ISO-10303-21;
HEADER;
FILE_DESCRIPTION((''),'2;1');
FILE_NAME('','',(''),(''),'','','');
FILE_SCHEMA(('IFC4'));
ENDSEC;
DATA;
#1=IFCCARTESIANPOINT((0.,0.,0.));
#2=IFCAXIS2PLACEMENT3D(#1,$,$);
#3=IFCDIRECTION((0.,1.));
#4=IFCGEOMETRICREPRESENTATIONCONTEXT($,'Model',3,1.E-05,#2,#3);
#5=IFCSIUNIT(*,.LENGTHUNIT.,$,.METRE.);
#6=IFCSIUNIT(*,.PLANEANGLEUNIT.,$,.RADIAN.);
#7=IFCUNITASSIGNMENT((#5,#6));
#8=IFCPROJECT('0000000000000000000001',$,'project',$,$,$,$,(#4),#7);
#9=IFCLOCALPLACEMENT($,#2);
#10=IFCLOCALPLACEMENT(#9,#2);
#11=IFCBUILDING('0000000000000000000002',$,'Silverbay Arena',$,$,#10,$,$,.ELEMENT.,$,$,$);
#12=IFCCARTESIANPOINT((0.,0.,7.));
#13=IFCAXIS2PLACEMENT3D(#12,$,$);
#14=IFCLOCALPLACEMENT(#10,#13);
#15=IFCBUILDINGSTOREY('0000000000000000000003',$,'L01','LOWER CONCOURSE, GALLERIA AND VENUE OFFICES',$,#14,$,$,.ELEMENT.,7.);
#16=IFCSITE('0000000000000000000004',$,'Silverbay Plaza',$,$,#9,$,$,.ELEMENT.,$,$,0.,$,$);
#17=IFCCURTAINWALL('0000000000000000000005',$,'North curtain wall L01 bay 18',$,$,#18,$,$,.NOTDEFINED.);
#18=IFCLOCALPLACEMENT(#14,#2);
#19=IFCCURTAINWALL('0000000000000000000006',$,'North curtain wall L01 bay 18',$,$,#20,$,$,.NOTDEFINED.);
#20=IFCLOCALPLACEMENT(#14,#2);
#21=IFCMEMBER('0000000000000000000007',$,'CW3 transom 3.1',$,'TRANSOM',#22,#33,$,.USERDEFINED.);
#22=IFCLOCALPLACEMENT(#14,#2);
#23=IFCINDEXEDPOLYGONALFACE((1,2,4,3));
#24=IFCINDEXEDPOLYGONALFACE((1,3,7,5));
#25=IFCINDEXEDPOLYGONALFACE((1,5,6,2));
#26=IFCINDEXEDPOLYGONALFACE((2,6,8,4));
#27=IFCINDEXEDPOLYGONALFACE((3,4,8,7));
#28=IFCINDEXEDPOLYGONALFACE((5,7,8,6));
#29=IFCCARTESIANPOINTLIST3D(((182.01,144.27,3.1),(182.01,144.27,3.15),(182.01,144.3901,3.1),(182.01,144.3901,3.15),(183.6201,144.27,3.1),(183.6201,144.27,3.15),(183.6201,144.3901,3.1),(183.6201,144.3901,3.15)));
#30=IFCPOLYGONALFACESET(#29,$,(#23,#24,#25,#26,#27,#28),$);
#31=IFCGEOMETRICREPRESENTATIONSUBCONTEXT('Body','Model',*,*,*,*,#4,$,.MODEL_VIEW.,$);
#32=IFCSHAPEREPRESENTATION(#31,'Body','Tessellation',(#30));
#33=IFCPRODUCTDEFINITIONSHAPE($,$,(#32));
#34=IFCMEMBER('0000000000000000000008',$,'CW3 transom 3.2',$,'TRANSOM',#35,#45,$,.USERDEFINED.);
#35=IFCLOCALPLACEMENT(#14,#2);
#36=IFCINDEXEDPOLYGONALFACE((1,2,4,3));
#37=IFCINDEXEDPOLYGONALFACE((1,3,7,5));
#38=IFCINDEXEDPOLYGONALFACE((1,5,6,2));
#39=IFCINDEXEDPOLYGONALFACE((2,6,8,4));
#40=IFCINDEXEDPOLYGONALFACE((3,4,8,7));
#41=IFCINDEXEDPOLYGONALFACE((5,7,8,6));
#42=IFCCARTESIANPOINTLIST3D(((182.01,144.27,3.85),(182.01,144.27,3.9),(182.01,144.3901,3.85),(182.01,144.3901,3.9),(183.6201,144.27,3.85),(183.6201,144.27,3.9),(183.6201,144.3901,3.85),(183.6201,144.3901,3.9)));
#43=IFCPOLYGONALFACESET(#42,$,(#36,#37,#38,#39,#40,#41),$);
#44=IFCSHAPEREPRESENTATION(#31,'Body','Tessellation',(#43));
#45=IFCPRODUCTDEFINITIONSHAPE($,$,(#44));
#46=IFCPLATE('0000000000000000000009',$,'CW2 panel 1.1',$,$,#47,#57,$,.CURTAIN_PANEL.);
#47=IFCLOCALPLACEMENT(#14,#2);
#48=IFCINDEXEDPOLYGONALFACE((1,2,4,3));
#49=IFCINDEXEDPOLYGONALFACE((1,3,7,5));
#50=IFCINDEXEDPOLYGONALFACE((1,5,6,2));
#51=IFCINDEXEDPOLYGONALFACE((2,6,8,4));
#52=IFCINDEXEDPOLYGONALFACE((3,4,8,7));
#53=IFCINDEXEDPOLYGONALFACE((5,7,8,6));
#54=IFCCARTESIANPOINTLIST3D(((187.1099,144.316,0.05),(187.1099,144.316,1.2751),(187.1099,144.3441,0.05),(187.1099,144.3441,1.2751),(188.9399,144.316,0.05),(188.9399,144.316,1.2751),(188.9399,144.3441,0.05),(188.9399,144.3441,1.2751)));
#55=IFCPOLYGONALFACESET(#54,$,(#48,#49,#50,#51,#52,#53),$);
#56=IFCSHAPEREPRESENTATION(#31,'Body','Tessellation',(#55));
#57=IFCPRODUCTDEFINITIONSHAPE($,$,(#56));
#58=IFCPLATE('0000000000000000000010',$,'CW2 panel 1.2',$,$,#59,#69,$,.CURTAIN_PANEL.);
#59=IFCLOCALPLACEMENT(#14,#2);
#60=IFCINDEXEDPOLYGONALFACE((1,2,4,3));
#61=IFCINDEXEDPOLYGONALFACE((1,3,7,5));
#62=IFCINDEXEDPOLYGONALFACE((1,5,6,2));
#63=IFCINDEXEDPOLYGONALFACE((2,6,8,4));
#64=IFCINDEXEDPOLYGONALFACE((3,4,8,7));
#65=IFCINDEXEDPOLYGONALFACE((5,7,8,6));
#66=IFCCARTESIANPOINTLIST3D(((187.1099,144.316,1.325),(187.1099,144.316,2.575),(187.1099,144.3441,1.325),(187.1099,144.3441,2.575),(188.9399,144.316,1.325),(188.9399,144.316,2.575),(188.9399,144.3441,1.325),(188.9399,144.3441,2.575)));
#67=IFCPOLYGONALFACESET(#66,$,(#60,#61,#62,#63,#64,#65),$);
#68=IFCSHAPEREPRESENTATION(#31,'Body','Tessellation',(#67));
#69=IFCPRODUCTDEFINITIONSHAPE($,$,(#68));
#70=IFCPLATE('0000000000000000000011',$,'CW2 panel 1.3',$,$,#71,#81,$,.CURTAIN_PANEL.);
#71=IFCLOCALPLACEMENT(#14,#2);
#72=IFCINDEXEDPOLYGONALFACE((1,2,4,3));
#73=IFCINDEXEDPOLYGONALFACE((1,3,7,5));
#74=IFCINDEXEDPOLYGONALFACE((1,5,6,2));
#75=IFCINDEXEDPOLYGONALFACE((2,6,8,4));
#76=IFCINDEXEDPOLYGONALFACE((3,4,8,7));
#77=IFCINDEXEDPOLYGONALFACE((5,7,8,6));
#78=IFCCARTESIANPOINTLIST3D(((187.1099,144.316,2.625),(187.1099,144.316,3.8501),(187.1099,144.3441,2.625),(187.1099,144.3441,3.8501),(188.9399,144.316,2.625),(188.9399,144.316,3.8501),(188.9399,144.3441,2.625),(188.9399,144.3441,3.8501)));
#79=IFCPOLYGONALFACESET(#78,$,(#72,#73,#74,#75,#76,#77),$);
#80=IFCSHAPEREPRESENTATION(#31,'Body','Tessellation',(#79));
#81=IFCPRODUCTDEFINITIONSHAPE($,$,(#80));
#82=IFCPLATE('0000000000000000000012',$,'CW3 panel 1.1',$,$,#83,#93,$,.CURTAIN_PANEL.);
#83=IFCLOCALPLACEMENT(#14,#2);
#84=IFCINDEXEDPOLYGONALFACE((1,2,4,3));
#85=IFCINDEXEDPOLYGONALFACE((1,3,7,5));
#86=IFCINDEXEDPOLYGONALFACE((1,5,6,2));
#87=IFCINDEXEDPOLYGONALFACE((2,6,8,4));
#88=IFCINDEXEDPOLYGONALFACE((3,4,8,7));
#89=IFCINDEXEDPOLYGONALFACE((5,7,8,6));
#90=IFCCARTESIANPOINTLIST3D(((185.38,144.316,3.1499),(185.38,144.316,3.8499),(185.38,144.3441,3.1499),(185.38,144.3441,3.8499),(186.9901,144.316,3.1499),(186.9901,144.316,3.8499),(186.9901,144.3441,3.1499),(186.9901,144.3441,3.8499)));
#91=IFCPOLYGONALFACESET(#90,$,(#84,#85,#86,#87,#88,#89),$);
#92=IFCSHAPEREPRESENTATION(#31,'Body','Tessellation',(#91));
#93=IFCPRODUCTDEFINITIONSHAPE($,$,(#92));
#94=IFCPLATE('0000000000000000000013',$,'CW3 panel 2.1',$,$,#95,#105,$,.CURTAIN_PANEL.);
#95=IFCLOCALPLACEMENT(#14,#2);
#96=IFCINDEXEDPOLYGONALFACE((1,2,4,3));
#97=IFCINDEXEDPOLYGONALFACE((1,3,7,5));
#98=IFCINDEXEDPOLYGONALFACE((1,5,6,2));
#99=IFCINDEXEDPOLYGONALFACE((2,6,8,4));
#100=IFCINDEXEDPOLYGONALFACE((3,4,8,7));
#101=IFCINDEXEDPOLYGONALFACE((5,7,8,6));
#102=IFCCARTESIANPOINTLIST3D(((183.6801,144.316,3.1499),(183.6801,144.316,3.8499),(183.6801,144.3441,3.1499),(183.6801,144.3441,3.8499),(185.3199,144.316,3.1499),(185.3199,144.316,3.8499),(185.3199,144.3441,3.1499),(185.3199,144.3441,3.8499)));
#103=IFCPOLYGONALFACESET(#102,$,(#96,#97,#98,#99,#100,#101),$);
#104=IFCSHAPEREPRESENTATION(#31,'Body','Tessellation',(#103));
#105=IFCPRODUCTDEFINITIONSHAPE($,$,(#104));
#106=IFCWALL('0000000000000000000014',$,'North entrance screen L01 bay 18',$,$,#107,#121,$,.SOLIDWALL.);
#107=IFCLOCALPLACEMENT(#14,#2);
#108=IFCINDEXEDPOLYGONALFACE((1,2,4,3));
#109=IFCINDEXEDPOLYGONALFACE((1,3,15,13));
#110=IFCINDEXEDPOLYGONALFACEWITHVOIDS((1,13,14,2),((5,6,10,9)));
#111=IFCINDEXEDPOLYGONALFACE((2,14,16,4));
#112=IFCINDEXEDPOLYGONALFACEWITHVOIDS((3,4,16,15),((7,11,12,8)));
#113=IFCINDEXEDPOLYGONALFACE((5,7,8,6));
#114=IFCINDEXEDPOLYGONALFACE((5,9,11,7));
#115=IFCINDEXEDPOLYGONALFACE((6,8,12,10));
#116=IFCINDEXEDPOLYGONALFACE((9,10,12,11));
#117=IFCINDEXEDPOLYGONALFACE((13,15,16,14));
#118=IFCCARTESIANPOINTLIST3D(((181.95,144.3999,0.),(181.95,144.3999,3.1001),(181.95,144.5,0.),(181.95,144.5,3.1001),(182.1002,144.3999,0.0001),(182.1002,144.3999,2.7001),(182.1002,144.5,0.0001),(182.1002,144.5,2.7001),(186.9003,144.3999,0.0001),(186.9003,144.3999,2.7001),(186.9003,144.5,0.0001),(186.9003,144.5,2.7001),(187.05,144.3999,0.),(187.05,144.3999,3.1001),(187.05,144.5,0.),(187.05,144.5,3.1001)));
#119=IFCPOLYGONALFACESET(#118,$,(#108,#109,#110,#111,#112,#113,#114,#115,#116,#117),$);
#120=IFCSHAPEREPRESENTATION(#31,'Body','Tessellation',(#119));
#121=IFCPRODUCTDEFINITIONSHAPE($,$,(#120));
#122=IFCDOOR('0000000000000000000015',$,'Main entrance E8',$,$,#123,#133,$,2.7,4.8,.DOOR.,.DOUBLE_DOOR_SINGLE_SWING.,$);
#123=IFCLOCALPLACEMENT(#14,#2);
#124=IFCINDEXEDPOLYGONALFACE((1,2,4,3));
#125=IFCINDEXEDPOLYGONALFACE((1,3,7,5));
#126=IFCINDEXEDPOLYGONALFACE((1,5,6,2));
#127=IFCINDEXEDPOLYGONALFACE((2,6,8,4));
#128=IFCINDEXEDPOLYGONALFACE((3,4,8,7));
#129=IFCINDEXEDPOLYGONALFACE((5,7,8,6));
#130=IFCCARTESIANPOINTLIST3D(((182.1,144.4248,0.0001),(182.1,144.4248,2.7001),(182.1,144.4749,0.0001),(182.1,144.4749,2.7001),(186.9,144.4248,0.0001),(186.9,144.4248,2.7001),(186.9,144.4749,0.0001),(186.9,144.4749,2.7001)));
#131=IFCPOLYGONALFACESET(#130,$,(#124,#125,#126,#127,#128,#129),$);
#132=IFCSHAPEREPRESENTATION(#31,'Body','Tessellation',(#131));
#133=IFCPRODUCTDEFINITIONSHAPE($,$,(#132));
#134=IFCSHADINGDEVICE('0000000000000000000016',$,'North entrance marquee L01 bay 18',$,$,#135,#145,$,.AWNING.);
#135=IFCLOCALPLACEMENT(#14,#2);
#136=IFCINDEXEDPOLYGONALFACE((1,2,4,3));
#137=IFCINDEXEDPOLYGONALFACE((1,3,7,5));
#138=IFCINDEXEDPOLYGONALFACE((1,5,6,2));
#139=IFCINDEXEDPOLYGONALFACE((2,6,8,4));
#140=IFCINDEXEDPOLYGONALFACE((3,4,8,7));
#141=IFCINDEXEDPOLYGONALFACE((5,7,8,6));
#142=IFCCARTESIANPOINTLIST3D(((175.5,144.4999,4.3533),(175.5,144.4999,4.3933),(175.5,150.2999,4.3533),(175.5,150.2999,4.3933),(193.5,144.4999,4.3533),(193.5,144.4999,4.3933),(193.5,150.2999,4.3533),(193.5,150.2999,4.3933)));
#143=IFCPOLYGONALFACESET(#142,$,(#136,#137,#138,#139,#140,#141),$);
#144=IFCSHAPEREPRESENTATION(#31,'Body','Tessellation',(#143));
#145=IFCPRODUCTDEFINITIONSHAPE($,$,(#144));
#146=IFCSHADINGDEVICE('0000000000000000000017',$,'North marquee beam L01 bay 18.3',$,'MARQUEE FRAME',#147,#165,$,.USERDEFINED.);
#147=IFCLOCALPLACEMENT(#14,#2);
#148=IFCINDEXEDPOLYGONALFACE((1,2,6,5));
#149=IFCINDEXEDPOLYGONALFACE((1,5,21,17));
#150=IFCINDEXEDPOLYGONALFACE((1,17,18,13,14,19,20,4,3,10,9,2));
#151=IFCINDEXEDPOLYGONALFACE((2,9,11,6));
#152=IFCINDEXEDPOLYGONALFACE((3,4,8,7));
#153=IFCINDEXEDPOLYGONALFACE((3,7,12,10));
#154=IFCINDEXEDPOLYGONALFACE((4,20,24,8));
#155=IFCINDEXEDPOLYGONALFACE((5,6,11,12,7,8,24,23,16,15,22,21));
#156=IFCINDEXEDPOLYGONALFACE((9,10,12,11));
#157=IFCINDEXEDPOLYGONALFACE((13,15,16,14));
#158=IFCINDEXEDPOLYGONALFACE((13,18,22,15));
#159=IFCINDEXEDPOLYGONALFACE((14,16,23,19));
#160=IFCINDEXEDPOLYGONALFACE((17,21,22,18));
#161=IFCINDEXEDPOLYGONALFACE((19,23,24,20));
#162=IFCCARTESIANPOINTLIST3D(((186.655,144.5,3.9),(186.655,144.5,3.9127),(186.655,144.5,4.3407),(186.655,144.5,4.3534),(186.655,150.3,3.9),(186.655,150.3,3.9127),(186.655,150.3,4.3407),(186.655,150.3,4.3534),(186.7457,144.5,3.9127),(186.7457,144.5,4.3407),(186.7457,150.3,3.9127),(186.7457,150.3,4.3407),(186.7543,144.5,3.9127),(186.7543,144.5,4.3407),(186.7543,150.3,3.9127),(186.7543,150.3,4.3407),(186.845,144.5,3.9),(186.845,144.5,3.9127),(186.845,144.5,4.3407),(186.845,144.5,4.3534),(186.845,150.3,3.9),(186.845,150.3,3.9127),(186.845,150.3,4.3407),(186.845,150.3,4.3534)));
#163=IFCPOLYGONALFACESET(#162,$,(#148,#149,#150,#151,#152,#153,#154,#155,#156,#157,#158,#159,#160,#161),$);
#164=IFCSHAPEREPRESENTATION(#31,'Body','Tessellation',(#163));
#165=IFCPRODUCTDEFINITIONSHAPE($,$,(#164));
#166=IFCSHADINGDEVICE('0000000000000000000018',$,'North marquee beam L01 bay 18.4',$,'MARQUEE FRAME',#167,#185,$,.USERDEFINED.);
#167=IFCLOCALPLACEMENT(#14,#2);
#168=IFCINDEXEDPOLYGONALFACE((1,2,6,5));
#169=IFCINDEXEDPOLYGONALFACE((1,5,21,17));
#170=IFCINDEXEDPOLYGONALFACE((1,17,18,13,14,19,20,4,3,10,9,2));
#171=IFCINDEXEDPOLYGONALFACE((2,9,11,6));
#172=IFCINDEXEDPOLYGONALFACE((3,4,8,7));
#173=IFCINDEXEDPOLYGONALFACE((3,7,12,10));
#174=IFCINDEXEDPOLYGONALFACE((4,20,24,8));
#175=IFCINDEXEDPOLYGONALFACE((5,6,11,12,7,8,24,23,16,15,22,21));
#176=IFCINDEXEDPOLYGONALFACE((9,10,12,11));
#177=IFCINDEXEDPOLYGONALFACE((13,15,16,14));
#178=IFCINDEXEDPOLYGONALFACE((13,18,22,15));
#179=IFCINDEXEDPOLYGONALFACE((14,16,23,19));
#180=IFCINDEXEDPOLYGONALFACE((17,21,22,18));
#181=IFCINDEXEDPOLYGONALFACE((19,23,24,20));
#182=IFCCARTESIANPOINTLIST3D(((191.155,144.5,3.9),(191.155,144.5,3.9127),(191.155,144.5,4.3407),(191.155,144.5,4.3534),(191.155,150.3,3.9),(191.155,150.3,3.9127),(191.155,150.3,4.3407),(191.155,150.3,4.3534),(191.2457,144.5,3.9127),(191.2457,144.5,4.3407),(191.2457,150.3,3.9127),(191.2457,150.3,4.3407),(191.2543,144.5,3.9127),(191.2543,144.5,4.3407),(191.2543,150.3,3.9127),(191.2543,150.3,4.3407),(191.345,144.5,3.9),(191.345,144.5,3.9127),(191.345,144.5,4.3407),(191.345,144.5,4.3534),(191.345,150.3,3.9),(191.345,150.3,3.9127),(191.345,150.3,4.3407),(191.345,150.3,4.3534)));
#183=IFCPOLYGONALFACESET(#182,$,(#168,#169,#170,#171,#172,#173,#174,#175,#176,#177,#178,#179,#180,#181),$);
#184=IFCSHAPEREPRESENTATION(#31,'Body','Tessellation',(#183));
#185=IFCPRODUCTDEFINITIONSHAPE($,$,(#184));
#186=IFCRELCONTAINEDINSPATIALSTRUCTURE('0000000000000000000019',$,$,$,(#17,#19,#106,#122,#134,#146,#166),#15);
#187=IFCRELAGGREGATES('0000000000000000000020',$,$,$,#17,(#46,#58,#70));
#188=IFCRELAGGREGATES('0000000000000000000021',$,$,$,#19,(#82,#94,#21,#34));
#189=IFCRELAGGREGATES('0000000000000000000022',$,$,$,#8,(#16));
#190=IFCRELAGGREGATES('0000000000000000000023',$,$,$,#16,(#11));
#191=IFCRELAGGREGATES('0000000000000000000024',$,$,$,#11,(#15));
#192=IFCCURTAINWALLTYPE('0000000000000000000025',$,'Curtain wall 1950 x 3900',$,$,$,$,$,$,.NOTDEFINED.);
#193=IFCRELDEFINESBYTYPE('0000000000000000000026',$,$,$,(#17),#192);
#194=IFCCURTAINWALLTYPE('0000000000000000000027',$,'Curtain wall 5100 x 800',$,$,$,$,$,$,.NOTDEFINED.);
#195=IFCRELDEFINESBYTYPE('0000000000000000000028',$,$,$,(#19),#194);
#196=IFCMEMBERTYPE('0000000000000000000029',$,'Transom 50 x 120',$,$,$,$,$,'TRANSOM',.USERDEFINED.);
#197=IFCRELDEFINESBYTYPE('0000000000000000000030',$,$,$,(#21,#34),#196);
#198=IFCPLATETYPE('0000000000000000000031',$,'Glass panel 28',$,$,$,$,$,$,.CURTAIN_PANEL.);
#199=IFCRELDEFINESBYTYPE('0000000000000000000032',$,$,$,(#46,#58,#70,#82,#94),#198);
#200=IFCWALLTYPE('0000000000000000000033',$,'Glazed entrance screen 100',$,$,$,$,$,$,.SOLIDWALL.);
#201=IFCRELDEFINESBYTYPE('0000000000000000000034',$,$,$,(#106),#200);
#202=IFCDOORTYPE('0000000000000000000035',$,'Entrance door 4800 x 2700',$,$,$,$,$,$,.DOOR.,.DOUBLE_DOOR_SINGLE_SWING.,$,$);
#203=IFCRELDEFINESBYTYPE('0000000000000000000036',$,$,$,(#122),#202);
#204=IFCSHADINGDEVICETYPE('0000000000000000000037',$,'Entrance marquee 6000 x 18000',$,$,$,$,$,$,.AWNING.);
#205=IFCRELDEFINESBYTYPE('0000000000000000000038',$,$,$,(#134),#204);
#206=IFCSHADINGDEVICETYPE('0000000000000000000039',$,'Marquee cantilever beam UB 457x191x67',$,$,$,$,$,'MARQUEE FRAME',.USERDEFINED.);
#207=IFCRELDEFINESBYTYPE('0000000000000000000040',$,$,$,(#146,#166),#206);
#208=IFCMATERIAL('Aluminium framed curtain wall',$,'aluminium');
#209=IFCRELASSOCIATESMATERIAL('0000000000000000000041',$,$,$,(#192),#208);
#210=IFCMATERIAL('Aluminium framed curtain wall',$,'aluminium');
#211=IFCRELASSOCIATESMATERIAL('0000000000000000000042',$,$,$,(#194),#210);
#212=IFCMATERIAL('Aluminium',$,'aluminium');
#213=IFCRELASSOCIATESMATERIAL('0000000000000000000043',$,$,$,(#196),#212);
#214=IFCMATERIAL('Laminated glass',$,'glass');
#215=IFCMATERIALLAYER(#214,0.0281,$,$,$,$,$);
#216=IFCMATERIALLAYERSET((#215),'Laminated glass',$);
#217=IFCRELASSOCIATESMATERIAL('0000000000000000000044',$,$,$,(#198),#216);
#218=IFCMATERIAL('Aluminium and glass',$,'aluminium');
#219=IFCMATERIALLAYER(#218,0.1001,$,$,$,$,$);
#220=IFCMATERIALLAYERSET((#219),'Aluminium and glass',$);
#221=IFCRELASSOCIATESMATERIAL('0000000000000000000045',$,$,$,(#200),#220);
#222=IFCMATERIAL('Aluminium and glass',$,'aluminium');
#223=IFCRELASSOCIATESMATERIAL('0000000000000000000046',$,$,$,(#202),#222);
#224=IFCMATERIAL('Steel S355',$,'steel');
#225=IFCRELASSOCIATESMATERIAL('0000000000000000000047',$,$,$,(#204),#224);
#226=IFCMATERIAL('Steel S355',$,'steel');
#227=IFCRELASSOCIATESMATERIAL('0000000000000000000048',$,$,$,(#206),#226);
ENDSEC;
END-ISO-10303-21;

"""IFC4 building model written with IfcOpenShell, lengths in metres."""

from ifc_helpers import new_model, si_unit, direction, frame, frame_2d, origin, origin_2d, place, context, subcontext, project, spatial, rectangle, i_section, extrude, material, layer, layer_set, material_profile, profile_set, type_object, element, fill, aggregate, save


model = new_model("IFC4")

# Units and contexts
model_context = context("Model", 3, precision=1e-05, world=origin(), true_north=direction((0.0, 1.0)))
body_context = subcontext(model_context, "Body", "Model", "MODEL_VIEW")
ifc_project = project(units=[si_unit("LENGTHUNIT", "METRE"), si_unit("PLANEANGLEUNIT", "RADIAN")], contexts=[model_context])

# Site, building, storey
site_placement = place(None, origin())
site = spatial("IfcSite", under=ifc_project, at=site_placement, Name="Silverbay Plaza", CompositionType="ELEMENT", RefElevation=0.0)
building_placement = place(site_placement, origin())
building = spatial("IfcBuilding", under=site, at=building_placement, Name="Silverbay Arena", CompositionType="ELEMENT")
storey_placement = place(building_placement, frame((0.0, 0.0, 7.0)))
storey = spatial("IfcBuildingStorey", under=building, at=storey_placement, Name="L01", Description="LOWER CONCOURSE, GALLERIA AND VENUE OFFICES", CompositionType="ELEMENT", Elevation=7.0)

# Curtain walls
ifc_material_1 = material(Name="Aluminium framed curtain wall", Category="aluminium")
curtain_wall_type_1 = type_object("IfcCurtainWallType", Name="Curtain wall 1950 x 3900", PredefinedType="NOTDEFINED", material=ifc_material_1)
curtain_wall_1_placement = place(storey_placement, origin())
curtain_wall_1 = element("IfcCurtainWall", 1, at=curtain_wall_1_placement, inside=storey, type_object=curtain_wall_type_1, Name="North curtain wall L01 bay 18", PredefinedType="NOTDEFINED")
ifc_material_2 = material(Name="Aluminium framed curtain wall", Category="aluminium")
curtain_wall_type_2 = type_object("IfcCurtainWallType", Name="Curtain wall 5100 x 800", PredefinedType="NOTDEFINED", material=ifc_material_2)
curtain_wall_2_placement = place(storey_placement, origin())
curtain_wall_2 = element("IfcCurtainWall", 2, at=curtain_wall_2_placement, inside=storey, type_object=curtain_wall_type_2, Name="North curtain wall L01 bay 18", PredefinedType="NOTDEFINED")

# Members
ifc_material_3 = material(Name="Aluminium", Category="aluminium")
ifc_material_profile_1 = material_profile(ifc_material_3, rectangle(XDim=0.1201, YDim=0.05, at=origin_2d()), Name="Transom 50 x 120")
ifc_profile_set_1 = profile_set([ifc_material_profile_1], Name="Aluminium")
member_type_1 = type_object("IfcMemberType", Name="Transom 50 x 120", ElementType="TRANSOM", PredefinedType="USERDEFINED", material=ifc_profile_set_1)
member_1_placement = place(storey_placement, frame((183.6201, 144.3301, 3.125), z_axis=(-1.0, 0.0, 0.0), x_axis=(0.0, -1.0, 0.0)))
member_1 = element("IfcMember", 3, at=member_1_placement, type_object=member_type_1, Name="CW3 transom 3.1", ObjectType="TRANSOM", PredefinedType="USERDEFINED", context=body_context, shape_type="SweptSolid", body=[
    extrude(rectangle(XDim=0.1201, YDim=0.05, at=origin_2d()), origin(), (0.0, 0.0, 1.0), 1.6101),
])
member_2_placement = place(storey_placement, frame((183.6201, 144.3301, 3.875), z_axis=(-1.0, 0.0, 0.0), x_axis=(0.0, -1.0, 0.0)))
member_2 = element("IfcMember", 4, at=member_2_placement, type_object=member_type_1, Name="CW3 transom 3.2", ObjectType="TRANSOM", PredefinedType="USERDEFINED", context=body_context, shape_type="SweptSolid", body=[
    extrude(rectangle(XDim=0.1201, YDim=0.05, at=origin_2d()), origin(), (0.0, 0.0, 1.0), 1.6101),
])

# Plates
ifc_material_4 = material(Name="Laminated glass", Category="glass")
ifc_layer_1 = layer(ifc_material_4, 0.0281)
ifc_layer_set_1 = layer_set([ifc_layer_1], Name="Laminated glass")
plate_type = type_object("IfcPlateType", Name="Glass panel 28", PredefinedType="CURTAIN_PANEL", material=ifc_layer_set_1)
plate_1_placement = place(storey_placement, frame((188.0249, 144.3301, 0.05), z_axis=(0.0, 0.0, 1.0), x_axis=(-1.0, 0.0, 0.0)))
plate_1 = element("IfcPlate", 5, at=plate_1_placement, type_object=plate_type, Name="CW2 panel 1.1", PredefinedType="CURTAIN_PANEL", context=body_context, shape_type="SweptSolid", body=[
    extrude(rectangle(XDim=1.8301, YDim=0.0281, at=origin_2d()), origin(), (0.0, 0.0, 1.0), 1.2251),
])
plate_2_placement = place(storey_placement, frame((188.0249, 144.3301, 1.325), z_axis=(0.0, 0.0, 1.0), x_axis=(-1.0, 0.0, 0.0)))
plate_2 = element("IfcPlate", 6, at=plate_2_placement, type_object=plate_type, Name="CW2 panel 1.2", PredefinedType="CURTAIN_PANEL", context=body_context, shape_type="SweptSolid", body=[
    extrude(rectangle(XDim=1.8301, YDim=0.0281, at=origin_2d()), origin(), (0.0, 0.0, 1.0), 1.25),
])
plate_3_placement = place(storey_placement, frame((188.0249, 144.3301, 2.625), z_axis=(0.0, 0.0, 1.0), x_axis=(-1.0, 0.0, 0.0)))
plate_3 = element("IfcPlate", 7, at=plate_3_placement, type_object=plate_type, Name="CW2 panel 1.3", PredefinedType="CURTAIN_PANEL", context=body_context, shape_type="SweptSolid", body=[
    extrude(rectangle(XDim=1.8301, YDim=0.0281, at=origin_2d()), origin(), (0.0, 0.0, 1.0), 1.2251),
])
aggregate(curtain_wall_1, [plate_1, plate_2, plate_3])
plate_4_placement = place(storey_placement, frame((186.1851, 144.3301, 3.1499), z_axis=(0.0, 0.0, 1.0), x_axis=(-1.0, 0.0, 0.0)))
plate_4 = element("IfcPlate", 8, at=plate_4_placement, type_object=plate_type, Name="CW3 panel 1.1", PredefinedType="CURTAIN_PANEL", context=body_context, shape_type="SweptSolid", body=[
    extrude(rectangle(XDim=1.6101, YDim=0.0281, at=origin_2d()), origin(), (0.0, 0.0, 1.0), 0.7),
])
plate_5_placement = place(storey_placement, frame((184.5, 144.3301, 3.1499), z_axis=(0.0, 0.0, 1.0), x_axis=(-1.0, 0.0, 0.0)))
plate_5 = element("IfcPlate", 9, at=plate_5_placement, type_object=plate_type, Name="CW3 panel 2.1", PredefinedType="CURTAIN_PANEL", context=body_context, shape_type="SweptSolid", body=[
    extrude(rectangle(XDim=1.6399, YDim=0.0281, at=origin_2d()), origin(), (0.0, 0.0, 1.0), 0.7),
])
aggregate(curtain_wall_2, [plate_4, plate_5, member_1, member_2])

# Wall, opening, door
ifc_material_5 = material(Name="Aluminium and glass", Category="aluminium")
ifc_layer_2 = layer(ifc_material_5, 0.1001)
ifc_layer_set_2 = layer_set([ifc_layer_2], Name="Aluminium and glass")
wall_type = type_object("IfcWallType", Name="Glazed entrance screen 100", PredefinedType="SOLIDWALL", material=ifc_layer_set_2)
wall_placement = place(storey_placement, frame((187.05, 144.45, 0.0), z_axis=(0.0, 0.0, 1.0), x_axis=(-1.0, 0.0, 0.0)))
wall = element("IfcWall", 10, at=wall_placement, inside=storey, type_object=wall_type, Name="North entrance screen L01 bay 18", PredefinedType="SOLIDWALL", context=body_context, shape_type="SweptSolid", body=[
    extrude(rectangle(XDim=5.1001, YDim=0.1001, at=frame_2d((2.55, 0.0))), origin(), (0.0, 0.0, 1.0), 3.1001),
])
opening_placement = place(wall_placement, frame((0.1499, 0.0, 0.0)))
opening = element("IfcOpeningElement", 11, at=opening_placement, cuts=wall, PredefinedType="OPENING", context=body_context, shape_type="SweptSolid", body=[
    extrude(rectangle(XDim=4.8, YDim=2.7, at=frame_2d((2.3999, 1.3501))), frame((0.0, 0.0601, 0.0), z_axis=(0.0, -1.0, 0.0), x_axis=(1.0, 0.0, 0.0)), (0.0, 0.0, 1.0), 0.1201),
])
ifc_material_6 = material(Name="Aluminium and glass", Category="aluminium")
door_type = type_object("IfcDoorType", Name="Entrance door 4800 x 2700", OperationType="DOUBLE_DOOR_SINGLE_SWING", PredefinedType="DOOR", material=ifc_material_6)
door_placement = place(opening_placement, frame((4.8, 0.0, 0.0), z_axis=(0.0, 0.0, 1.0), x_axis=(-1.0, 0.0, 0.0)))
door = element("IfcDoor", 12, at=door_placement, inside=storey, type_object=door_type, Name="Main entrance E8", OperationType="DOUBLE_DOOR_SINGLE_SWING", OverallHeight=2.7, OverallWidth=4.8, PredefinedType="DOOR", context=body_context, shape_type="SweptSolid", body=[
    extrude(rectangle(XDim=4.8, YDim=2.7, at=frame_2d((2.3999, 1.3501))), frame((0.0, 0.0249, 0.0), z_axis=(0.0, -1.0, 0.0), x_axis=(1.0, 0.0, 0.0)), (0.0, 0.0, 1.0), 0.05),
])
fill(opening, door)

# Shading devices
ifc_material_7 = material(Name="Steel S355", Category="steel")
shading_device_type_1 = type_object("IfcShadingDeviceType", Name="Entrance marquee 6000 x 18000", PredefinedType="AWNING", material=ifc_material_7)
shading_device_1_placement = place(storey_placement, frame((184.5, 147.3999, 4.3533), z_axis=(0.0, 0.0, 1.0), x_axis=(1.0, 0.0, 0.0)))
element("IfcShadingDevice", 13, at=shading_device_1_placement, inside=storey, type_object=shading_device_type_1, Name="North entrance marquee L01 bay 18", PredefinedType="AWNING", context=body_context, shape_type="SweptSolid", body=[
    extrude(rectangle(XDim=18.0, YDim=5.8, at=origin_2d()), origin(), (0.0, 0.0, 1.0), 0.04),
])
ifc_material_8 = material(Name="Steel S355", Category="steel")
ifc_material_profile_2 = material_profile(ifc_material_8, i_section(OverallWidth=0.1899, OverallDepth=0.4534, WebThickness=0.0085, FlangeThickness=0.0127, at=origin_2d()), Name="UB 457x191x67")
ifc_profile_set_2 = profile_set([ifc_material_profile_2], Name="Steel S355")
shading_device_type_2 = type_object("IfcShadingDeviceType", Name="Marquee cantilever beam UB 457x191x67", ElementType="MARQUEE FRAME", PredefinedType="USERDEFINED", material=ifc_profile_set_2)
for number, where, z_axis, x_axis, name in (
    (14, (186.75, 144.5, 4.1267), (0.0, 1.0, 0.0), (-1.0, 0.0, 0.0), "North marquee beam L01 bay 18.3"),
    (15, (191.25, 144.5, 4.1267), (0.0, 1.0, 0.0), (-1.0, 0.0, 0.0), "North marquee beam L01 bay 18.4"),
):
    element("IfcShadingDevice", number, at=place(storey_placement, frame(where, z_axis=z_axis, x_axis=x_axis)), inside=storey, type_object=shading_device_type_2, Name=name, ObjectType="MARQUEE FRAME", PredefinedType="USERDEFINED", context=body_context, shape_type="SweptSolid", body=[
        extrude(i_section(OverallWidth=0.1899, OverallDepth=0.4534, WebThickness=0.0085, FlangeThickness=0.0127, at=origin_2d()), origin(), (0.0, 0.0, 1.0), 5.8),
    ])

save(model, "model.ifc")
